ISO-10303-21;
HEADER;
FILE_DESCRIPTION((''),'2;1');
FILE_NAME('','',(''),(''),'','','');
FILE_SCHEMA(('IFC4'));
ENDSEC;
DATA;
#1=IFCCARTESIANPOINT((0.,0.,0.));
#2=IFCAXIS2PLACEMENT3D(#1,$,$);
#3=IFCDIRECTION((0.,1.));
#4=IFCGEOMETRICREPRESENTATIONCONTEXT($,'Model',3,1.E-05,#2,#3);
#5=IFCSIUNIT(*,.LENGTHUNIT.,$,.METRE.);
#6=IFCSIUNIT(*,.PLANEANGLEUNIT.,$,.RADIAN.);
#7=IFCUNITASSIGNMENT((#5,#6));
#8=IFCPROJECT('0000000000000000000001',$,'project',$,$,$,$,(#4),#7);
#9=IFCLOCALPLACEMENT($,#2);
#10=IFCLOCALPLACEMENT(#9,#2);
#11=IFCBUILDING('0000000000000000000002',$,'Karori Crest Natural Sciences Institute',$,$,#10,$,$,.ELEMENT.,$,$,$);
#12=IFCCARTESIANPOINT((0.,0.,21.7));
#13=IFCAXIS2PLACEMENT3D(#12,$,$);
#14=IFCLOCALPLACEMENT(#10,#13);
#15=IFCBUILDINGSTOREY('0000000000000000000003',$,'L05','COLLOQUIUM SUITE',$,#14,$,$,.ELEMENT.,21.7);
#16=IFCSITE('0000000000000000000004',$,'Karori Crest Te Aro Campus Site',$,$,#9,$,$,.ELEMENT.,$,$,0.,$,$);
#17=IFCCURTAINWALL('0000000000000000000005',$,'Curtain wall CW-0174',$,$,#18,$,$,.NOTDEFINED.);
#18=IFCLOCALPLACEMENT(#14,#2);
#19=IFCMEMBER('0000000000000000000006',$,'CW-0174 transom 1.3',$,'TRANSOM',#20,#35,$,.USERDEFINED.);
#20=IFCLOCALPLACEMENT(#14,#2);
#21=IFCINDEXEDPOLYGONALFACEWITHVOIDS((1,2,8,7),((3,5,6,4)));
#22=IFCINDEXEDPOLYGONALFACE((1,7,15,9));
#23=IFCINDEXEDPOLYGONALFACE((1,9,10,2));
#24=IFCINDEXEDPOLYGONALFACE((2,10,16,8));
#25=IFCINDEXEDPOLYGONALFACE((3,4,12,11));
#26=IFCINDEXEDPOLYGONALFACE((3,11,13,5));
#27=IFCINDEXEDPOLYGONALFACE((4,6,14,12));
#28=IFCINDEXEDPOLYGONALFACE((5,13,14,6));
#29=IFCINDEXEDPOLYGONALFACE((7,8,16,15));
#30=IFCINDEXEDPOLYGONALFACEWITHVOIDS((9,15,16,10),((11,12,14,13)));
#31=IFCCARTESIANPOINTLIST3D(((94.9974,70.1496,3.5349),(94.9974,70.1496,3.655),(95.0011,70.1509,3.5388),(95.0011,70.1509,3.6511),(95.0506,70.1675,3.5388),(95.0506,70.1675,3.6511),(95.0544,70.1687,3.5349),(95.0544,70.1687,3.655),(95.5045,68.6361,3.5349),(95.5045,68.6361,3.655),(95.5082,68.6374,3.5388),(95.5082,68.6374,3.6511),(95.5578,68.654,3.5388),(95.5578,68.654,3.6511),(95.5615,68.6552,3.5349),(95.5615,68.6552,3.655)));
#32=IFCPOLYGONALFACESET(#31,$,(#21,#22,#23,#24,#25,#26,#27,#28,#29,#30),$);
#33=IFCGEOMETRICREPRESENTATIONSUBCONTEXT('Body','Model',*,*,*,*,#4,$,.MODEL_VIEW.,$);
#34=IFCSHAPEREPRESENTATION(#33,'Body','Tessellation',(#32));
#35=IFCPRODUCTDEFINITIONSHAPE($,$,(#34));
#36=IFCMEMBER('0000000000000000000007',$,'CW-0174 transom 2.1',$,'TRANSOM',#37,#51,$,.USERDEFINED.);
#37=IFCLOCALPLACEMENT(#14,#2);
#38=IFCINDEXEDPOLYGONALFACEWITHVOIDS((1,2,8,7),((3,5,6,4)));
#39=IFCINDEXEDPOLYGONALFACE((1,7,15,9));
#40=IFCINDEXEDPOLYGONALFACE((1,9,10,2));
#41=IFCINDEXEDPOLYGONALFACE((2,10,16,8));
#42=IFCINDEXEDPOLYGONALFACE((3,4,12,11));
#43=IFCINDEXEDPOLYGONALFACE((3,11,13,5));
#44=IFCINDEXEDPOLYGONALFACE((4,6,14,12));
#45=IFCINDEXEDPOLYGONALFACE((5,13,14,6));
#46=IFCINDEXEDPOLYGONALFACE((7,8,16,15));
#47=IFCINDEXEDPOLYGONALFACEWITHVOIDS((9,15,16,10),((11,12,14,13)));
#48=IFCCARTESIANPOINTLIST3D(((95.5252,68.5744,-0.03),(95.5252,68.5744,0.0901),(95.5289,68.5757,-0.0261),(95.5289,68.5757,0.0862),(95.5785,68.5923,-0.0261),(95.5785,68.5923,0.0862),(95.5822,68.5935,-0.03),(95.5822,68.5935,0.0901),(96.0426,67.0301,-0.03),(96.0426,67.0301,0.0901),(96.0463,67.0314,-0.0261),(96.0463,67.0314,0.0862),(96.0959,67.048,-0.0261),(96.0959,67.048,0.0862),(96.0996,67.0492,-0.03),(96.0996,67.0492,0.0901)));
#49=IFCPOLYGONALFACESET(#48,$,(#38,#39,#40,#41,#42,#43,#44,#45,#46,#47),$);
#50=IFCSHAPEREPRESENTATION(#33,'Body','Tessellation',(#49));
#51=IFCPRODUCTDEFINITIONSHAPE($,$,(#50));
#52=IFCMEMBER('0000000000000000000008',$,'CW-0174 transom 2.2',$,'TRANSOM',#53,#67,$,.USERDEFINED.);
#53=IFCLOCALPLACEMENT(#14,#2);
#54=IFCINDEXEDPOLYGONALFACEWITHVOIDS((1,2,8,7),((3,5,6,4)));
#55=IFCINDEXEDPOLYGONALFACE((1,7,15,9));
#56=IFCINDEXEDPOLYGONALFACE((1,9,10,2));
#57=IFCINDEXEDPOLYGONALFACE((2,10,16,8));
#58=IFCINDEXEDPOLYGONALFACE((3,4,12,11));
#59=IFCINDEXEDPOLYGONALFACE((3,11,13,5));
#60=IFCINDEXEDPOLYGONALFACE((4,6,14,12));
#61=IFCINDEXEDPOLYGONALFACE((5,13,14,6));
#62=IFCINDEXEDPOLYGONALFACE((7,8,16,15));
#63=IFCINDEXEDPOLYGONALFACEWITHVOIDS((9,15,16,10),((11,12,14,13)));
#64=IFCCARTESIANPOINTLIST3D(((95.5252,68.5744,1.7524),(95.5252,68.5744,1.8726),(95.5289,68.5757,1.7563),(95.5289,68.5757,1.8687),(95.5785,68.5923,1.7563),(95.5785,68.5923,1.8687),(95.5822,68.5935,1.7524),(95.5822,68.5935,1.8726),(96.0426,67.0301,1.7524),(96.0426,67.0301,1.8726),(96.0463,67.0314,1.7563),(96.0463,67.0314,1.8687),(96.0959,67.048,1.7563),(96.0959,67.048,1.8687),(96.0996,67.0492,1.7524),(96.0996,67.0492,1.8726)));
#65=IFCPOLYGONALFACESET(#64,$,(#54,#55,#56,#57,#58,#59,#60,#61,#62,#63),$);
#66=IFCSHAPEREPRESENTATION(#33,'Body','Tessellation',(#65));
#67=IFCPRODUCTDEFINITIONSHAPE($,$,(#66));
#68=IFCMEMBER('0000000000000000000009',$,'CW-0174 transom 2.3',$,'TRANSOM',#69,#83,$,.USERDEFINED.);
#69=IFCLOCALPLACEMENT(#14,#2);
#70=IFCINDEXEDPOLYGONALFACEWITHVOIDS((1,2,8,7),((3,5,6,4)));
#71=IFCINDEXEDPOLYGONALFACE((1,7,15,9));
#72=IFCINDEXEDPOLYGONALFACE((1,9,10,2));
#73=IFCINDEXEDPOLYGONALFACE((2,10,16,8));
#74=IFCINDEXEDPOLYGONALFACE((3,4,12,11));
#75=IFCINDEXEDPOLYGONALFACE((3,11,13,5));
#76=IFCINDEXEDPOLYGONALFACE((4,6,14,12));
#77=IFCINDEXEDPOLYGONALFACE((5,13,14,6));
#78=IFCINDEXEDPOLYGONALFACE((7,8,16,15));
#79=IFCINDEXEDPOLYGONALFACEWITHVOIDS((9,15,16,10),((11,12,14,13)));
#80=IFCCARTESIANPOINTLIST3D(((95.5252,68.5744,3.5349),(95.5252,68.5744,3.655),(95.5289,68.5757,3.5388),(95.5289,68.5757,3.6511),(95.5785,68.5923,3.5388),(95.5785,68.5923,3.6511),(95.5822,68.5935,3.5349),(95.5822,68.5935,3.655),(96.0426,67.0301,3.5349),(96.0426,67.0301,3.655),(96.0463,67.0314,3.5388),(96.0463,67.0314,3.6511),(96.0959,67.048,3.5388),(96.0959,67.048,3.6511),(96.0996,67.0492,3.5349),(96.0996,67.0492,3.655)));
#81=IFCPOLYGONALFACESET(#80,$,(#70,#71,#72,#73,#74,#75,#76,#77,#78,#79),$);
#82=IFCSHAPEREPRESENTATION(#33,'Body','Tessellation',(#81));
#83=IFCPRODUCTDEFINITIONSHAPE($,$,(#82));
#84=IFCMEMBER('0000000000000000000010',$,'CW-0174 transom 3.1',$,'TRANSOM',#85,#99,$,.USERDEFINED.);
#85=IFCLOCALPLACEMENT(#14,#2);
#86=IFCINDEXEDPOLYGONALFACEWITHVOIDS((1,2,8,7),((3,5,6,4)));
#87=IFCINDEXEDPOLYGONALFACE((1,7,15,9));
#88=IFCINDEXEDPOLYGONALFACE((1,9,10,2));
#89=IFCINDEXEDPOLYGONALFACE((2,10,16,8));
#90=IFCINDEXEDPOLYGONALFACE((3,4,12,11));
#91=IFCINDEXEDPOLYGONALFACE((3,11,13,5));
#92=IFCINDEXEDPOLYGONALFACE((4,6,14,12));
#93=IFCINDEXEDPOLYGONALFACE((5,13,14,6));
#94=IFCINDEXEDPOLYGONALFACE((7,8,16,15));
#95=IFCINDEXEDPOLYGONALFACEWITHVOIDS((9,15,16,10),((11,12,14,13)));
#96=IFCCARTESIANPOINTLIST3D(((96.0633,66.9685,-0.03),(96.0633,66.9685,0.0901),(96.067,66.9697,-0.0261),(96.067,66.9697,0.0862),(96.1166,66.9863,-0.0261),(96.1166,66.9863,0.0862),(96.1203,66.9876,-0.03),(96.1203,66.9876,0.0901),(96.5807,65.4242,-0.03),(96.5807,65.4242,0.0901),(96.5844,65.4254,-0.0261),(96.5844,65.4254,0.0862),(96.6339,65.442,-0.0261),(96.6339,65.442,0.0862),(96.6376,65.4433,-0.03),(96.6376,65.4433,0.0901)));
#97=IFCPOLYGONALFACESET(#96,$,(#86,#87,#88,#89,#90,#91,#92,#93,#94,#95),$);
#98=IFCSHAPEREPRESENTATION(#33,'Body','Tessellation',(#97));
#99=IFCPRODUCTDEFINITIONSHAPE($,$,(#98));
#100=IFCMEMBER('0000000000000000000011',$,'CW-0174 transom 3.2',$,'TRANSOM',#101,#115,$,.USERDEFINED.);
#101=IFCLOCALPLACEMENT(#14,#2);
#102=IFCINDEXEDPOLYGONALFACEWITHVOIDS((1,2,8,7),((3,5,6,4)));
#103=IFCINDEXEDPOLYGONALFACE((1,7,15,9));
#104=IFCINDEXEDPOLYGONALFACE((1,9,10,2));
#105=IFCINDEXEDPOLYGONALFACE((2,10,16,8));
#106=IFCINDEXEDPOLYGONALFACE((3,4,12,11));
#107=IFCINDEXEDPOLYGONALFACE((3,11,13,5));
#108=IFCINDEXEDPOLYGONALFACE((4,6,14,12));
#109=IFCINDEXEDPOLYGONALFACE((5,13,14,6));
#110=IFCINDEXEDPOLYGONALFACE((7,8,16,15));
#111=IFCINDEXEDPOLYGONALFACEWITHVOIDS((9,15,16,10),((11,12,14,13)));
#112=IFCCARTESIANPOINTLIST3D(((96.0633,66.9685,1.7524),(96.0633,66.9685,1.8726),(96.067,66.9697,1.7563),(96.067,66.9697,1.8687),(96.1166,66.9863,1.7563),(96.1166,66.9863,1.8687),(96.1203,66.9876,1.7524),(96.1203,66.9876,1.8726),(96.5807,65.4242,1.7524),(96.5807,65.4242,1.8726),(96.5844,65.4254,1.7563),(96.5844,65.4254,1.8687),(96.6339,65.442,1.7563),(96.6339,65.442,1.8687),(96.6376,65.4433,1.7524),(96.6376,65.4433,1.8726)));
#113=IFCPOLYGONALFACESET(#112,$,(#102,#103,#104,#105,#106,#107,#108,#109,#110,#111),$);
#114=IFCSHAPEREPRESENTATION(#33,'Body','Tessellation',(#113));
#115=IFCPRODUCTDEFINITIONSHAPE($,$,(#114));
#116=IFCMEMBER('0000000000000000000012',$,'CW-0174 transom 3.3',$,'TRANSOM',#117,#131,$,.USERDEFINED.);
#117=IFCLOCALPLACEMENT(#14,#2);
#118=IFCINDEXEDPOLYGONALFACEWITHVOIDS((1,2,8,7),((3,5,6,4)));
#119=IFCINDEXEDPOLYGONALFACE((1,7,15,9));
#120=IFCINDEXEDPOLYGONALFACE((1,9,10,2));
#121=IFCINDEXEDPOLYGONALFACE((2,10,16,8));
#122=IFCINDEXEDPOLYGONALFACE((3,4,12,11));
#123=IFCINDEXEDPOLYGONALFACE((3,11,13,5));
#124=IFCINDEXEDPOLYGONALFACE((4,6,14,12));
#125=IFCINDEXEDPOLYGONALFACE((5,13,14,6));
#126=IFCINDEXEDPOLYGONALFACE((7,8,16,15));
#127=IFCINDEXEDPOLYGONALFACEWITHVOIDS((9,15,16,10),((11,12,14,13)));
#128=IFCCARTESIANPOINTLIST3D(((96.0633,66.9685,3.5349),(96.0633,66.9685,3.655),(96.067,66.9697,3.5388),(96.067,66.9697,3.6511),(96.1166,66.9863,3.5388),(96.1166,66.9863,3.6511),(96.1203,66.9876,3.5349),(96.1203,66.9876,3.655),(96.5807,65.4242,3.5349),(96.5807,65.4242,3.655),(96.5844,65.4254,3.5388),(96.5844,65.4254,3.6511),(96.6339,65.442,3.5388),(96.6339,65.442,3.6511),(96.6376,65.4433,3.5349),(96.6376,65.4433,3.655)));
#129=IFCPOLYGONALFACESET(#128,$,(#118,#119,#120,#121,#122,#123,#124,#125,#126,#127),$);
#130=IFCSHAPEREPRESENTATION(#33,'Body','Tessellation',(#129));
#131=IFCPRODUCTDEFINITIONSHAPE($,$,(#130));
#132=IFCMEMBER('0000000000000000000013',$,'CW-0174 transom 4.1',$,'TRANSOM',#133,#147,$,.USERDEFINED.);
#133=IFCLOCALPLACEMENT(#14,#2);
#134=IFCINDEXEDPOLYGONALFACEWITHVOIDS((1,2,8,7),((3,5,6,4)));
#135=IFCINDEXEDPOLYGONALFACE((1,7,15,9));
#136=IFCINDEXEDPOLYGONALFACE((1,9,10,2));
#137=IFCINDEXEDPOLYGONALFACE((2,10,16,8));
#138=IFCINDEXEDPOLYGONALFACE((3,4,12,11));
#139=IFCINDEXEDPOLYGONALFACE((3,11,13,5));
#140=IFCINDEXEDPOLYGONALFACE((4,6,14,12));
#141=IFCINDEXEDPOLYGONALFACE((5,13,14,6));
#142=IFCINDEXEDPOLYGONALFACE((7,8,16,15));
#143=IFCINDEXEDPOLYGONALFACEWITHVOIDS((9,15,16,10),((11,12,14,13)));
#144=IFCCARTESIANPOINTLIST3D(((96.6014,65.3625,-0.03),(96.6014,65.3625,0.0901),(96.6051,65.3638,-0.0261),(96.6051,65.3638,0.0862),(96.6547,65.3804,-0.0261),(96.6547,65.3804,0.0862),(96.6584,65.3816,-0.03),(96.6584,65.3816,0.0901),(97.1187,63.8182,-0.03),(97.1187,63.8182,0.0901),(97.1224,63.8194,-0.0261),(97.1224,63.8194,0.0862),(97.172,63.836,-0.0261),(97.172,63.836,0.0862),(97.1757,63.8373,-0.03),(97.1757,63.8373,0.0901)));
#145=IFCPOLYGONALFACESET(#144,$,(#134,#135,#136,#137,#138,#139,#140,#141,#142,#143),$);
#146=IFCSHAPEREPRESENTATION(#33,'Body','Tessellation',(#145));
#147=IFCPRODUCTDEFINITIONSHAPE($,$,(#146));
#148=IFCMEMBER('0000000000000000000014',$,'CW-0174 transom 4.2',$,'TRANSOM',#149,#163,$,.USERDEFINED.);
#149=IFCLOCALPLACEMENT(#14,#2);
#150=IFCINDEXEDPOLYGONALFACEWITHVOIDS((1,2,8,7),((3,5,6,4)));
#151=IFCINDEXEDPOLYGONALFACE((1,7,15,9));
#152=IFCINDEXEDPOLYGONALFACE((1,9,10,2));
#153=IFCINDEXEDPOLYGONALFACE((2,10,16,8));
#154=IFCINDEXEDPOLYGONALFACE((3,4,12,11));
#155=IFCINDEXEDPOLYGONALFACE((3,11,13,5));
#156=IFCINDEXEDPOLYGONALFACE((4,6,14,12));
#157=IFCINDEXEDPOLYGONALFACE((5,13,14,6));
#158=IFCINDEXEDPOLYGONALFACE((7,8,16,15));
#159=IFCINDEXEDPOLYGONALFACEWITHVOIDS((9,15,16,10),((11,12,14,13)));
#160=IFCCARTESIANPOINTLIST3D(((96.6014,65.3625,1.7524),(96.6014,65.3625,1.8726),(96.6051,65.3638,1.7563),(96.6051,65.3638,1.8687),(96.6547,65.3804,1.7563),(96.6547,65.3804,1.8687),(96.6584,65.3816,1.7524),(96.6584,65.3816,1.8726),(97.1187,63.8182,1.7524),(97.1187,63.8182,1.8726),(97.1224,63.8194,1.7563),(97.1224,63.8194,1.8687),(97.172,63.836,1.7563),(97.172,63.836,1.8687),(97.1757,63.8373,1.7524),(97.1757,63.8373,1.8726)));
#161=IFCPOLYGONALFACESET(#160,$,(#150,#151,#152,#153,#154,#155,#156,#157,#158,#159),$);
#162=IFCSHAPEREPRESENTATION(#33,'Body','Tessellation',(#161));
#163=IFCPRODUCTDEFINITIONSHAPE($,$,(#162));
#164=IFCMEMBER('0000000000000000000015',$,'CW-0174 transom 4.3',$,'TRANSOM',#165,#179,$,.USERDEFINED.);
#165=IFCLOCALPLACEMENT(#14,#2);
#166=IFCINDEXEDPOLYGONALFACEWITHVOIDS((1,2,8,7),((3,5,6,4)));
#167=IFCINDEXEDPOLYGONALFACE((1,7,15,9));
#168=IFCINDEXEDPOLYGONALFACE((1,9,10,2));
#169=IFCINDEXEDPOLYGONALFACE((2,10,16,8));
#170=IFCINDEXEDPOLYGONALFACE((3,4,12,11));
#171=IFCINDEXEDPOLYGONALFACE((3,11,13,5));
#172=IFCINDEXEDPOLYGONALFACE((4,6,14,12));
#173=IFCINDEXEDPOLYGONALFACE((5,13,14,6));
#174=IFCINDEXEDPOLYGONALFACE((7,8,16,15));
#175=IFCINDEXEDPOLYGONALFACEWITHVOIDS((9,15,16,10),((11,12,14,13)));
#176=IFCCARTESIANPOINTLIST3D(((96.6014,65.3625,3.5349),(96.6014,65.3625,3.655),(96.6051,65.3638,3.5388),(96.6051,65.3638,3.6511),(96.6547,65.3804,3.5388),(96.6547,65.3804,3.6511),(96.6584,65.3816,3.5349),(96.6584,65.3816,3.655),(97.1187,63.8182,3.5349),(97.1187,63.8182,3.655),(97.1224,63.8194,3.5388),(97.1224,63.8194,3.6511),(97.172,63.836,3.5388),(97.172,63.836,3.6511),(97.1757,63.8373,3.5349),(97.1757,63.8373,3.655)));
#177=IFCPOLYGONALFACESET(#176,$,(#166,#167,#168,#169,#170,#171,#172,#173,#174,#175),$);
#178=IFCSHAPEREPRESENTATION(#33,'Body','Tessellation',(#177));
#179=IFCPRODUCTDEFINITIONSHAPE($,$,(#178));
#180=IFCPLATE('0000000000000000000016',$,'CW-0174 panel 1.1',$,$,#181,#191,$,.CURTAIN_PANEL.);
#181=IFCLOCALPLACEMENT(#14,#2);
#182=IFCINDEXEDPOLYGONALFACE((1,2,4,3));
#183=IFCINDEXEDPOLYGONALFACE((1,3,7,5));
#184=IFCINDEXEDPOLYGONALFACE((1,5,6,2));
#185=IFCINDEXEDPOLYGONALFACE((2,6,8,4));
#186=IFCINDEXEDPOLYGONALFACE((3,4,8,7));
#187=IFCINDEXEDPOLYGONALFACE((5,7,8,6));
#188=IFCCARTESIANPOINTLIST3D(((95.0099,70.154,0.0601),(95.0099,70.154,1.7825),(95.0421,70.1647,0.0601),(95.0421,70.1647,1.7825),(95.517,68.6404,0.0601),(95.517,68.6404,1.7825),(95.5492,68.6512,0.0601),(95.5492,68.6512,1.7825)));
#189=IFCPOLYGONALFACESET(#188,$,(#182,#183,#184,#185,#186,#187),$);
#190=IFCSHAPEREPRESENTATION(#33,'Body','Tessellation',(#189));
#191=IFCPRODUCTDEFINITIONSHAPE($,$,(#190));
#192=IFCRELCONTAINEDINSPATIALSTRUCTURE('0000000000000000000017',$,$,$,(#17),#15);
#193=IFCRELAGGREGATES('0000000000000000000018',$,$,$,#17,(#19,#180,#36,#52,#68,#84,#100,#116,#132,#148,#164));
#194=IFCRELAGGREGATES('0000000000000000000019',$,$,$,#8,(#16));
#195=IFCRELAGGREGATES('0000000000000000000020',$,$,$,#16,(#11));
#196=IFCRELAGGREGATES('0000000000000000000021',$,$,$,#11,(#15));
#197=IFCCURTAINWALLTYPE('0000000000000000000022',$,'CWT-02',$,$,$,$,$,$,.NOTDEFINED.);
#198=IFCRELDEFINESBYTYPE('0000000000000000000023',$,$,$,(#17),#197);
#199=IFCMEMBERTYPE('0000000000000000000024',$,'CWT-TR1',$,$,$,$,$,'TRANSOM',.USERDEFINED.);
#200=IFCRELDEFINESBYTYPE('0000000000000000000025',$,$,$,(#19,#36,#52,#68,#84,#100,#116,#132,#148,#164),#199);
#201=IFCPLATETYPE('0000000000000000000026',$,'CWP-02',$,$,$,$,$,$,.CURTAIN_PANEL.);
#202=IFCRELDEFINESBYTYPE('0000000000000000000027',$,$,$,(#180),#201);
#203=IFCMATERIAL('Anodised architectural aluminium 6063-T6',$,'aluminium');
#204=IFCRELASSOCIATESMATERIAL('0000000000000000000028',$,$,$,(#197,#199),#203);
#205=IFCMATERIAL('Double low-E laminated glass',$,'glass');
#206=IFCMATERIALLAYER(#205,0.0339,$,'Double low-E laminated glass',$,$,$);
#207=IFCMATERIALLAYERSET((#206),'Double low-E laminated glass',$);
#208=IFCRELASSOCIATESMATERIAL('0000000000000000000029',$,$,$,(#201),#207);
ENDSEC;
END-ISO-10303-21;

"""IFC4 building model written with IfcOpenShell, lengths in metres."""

from ifc_helpers import new_model, si_unit, direction, frame, origin, origin_2d, place, context, subcontext, project, spatial, rectangle, hollow_rectangle, extrude, material, layer, layer_set, material_profile, profile_set, type_object, element, aggregate, save


model = new_model("IFC4")

# Units and contexts
model_context = context("Model", 3, precision=1e-05, world=origin(), true_north=direction((0.0, 1.0)))
body_context = subcontext(model_context, "Body", "Model", "MODEL_VIEW")
ifc_project = project(units=[si_unit("LENGTHUNIT", "METRE"), si_unit("PLANEANGLEUNIT", "RADIAN")], contexts=[model_context])

# Site, building, storey
site_placement = place(None, origin())
site = spatial("IfcSite", under=ifc_project, at=site_placement, Name="Karori Crest Te Aro Campus Site", CompositionType="ELEMENT", RefElevation=0.0)
building_placement = place(site_placement, origin())
building = spatial("IfcBuilding", under=site, at=building_placement, Name="Karori Crest Natural Sciences Institute", CompositionType="ELEMENT")
storey_placement = place(building_placement, frame((0.0, 0.0, 21.7)))
storey = spatial("IfcBuildingStorey", under=building, at=storey_placement, Name="L05", Description="COLLOQUIUM SUITE", CompositionType="ELEMENT", Elevation=21.7)

# Curtain wall
ifc_material_1 = material(Name="Anodised architectural aluminium 6063-T6", Category="aluminium")
curtain_wall_type_1 = type_object("IfcCurtainWallType", Name="CWT-02", PredefinedType="NOTDEFINED", material=ifc_material_1)
curtain_wall_1_placement = place(storey_placement, origin())
curtain_wall_1 = element("IfcCurtainWall", 1, at=curtain_wall_1_placement, inside=storey, type_object=curtain_wall_type_1, Name="Curtain wall CW-0174", PredefinedType="NOTDEFINED")

# Members
ifc_material_profile_1 = material_profile(ifc_material_1, hollow_rectangle(XDim=0.0601, YDim=0.1201, WallThickness=0.0039, at=origin_2d()), Name="CWT120x60x4")
ifc_profile_set_1 = profile_set([ifc_material_profile_1], Name="Anodised architectural aluminium 6063-T6")
member_type_1 = type_object("IfcMemberType", Name="CWT-TR1", ElementType="TRANSOM", PredefinedType="USERDEFINED", material=ifc_profile_set_1)
member_1_placement = place(storey_placement, frame((95.0259, 70.1592, 3.595), z_axis=(0.317696, -0.948193, 0.0), x_axis=(0.948193, 0.317696, 0.0)))
member_1 = element("IfcMember", 2, at=member_1_placement, type_object=member_type_1, Name="CW-0174 transom 1.3", ObjectType="TRANSOM", PredefinedType="USERDEFINED", context=body_context, shape_type="SweptSolid", body=[
    extrude(hollow_rectangle(XDim=0.0601, YDim=0.1201, WallThickness=0.0039, at=origin_2d()), origin(), (0.0, 0.0, 1.0), 1.5962),
])
member_2_placement = place(storey_placement, frame((95.5537, 68.584, 0.03), z_axis=(0.317667, -0.948202, 0.0), x_axis=(0.948202, 0.317667, 0.0)))
member_2 = element("IfcMember", 3, at=member_2_placement, type_object=member_type_1, Name="CW-0174 transom 2.1", ObjectType="TRANSOM", PredefinedType="USERDEFINED", context=body_context, shape_type="SweptSolid", body=[
    extrude(hollow_rectangle(XDim=0.0601, YDim=0.1201, WallThickness=0.0039, at=origin_2d()), origin(), (0.0, 0.0, 1.0), 1.6287),
])
member_3_placement = place(storey_placement, frame((95.5537, 68.584, 1.8125), z_axis=(0.317667, -0.948202, 0.0), x_axis=(0.948202, 0.317667, 0.0)))
member_3 = element("IfcMember", 4, at=member_3_placement, type_object=member_type_1, Name="CW-0174 transom 2.2", ObjectType="TRANSOM", PredefinedType="USERDEFINED", context=body_context, shape_type="SweptSolid", body=[
    extrude(hollow_rectangle(XDim=0.0601, YDim=0.1201, WallThickness=0.0039, at=origin_2d()), origin(), (0.0, 0.0, 1.0), 1.6287),
])
member_4_placement = place(storey_placement, frame((95.5537, 68.584, 3.595), z_axis=(0.317667, -0.948202, 0.0), x_axis=(0.948202, 0.317667, 0.0)))
member_4 = element("IfcMember", 5, at=member_4_placement, type_object=member_type_1, Name="CW-0174 transom 2.3", ObjectType="TRANSOM", PredefinedType="USERDEFINED", context=body_context, shape_type="SweptSolid", body=[
    extrude(hollow_rectangle(XDim=0.0601, YDim=0.1201, WallThickness=0.0039, at=origin_2d()), origin(), (0.0, 0.0, 1.0), 1.6287),
])
member_5_placement = place(storey_placement, frame((96.0918, 66.978, 0.03), z_axis=(0.317667, -0.948202, 0.0), x_axis=(0.948202, 0.317667, 0.0)))
member_5 = element("IfcMember", 6, at=member_5_placement, type_object=member_type_1, Name="CW-0174 transom 3.1", ObjectType="TRANSOM", PredefinedType="USERDEFINED", context=body_context, shape_type="SweptSolid", body=[
    extrude(hollow_rectangle(XDim=0.0601, YDim=0.1201, WallThickness=0.0039, at=origin_2d()), origin(), (0.0, 0.0, 1.0), 1.6287),
])
member_6_placement = place(storey_placement, frame((96.0918, 66.978, 1.8125), z_axis=(0.317667, -0.948202, 0.0), x_axis=(0.948202, 0.317667, 0.0)))
member_6 = element("IfcMember", 7, at=member_6_placement, type_object=member_type_1, Name="CW-0174 transom 3.2", ObjectType="TRANSOM", PredefinedType="USERDEFINED", context=body_context, shape_type="SweptSolid", body=[
    extrude(hollow_rectangle(XDim=0.0601, YDim=0.1201, WallThickness=0.0039, at=origin_2d()), origin(), (0.0, 0.0, 1.0), 1.6287),
])
member_7_placement = place(storey_placement, frame((96.0918, 66.978, 3.595), z_axis=(0.317667, -0.948202, 0.0), x_axis=(0.948202, 0.317667, 0.0)))
member_7 = element("IfcMember", 8, at=member_7_placement, type_object=member_type_1, Name="CW-0174 transom 3.3", ObjectType="TRANSOM", PredefinedType="USERDEFINED", context=body_context, shape_type="SweptSolid", body=[
    extrude(hollow_rectangle(XDim=0.0601, YDim=0.1201, WallThickness=0.0039, at=origin_2d()), origin(), (0.0, 0.0, 1.0), 1.6287),
])
member_8_placement = place(storey_placement, frame((96.6299, 65.3721, 0.03), z_axis=(0.317621, -0.948218, 0.0), x_axis=(0.948218, 0.317621, 0.0)))
member_8 = element("IfcMember", 9, at=member_8_placement, type_object=member_type_1, Name="CW-0174 transom 4.1", ObjectType="TRANSOM", PredefinedType="USERDEFINED", context=body_context, shape_type="SweptSolid", body=[
    extrude(hollow_rectangle(XDim=0.0601, YDim=0.1201, WallThickness=0.0039, at=origin_2d()), origin(), (0.0, 0.0, 1.0), 1.6287),
])
member_9_placement = place(storey_placement, frame((96.6299, 65.3721, 1.8125), z_axis=(0.317621, -0.948218, 0.0), x_axis=(0.948218, 0.317621, 0.0)))
member_9 = element("IfcMember", 10, at=member_9_placement, type_object=member_type_1, Name="CW-0174 transom 4.2", ObjectType="TRANSOM", PredefinedType="USERDEFINED", context=body_context, shape_type="SweptSolid", body=[
    extrude(hollow_rectangle(XDim=0.0601, YDim=0.1201, WallThickness=0.0039, at=origin_2d()), origin(), (0.0, 0.0, 1.0), 1.6287),
])
member_10_placement = place(storey_placement, frame((96.6299, 65.3721, 3.595), z_axis=(0.317621, -0.948218, 0.0), x_axis=(0.948218, 0.317621, 0.0)))
member_10 = element("IfcMember", 11, at=member_10_placement, type_object=member_type_1, Name="CW-0174 transom 4.3", ObjectType="TRANSOM", PredefinedType="USERDEFINED", context=body_context, shape_type="SweptSolid", body=[
    extrude(hollow_rectangle(XDim=0.0601, YDim=0.1201, WallThickness=0.0039, at=origin_2d()), origin(), (0.0, 0.0, 1.0), 1.6287),
])

# Plate
ifc_material_2 = material(Name="Double low-E laminated glass", Category="glass")
ifc_layer_1 = layer(ifc_material_2, 0.0339, Name="Double low-E laminated glass")
ifc_layer_set_1 = layer_set([ifc_layer_1], Name="Double low-E laminated glass")
plate_type = type_object("IfcPlateType", Name="CWP-02", PredefinedType="CURTAIN_PANEL", material=ifc_layer_set_1)
plate_1_placement = place(storey_placement, frame((95.2795, 69.4026, 0.0601), z_axis=(0.0, 0.0, 1.0), x_axis=(0.31768, -0.948198, 0.0)))
plate_1 = element("IfcPlate", 12, at=plate_1_placement, type_object=plate_type, Name="CW-0174 panel 1.1", PredefinedType="CURTAIN_PANEL", context=body_context, shape_type="SweptSolid", body=[
    extrude(rectangle(XDim=1.5962, YDim=0.0339, at=origin_2d()), origin(), (0.0, 0.0, 1.0), 1.7224),
])
aggregate(curtain_wall_1, [member_1, plate_1, member_2, member_3, member_4, member_5, member_6, member_7, member_8, member_9, member_10])

save(model, "model.ifc")
